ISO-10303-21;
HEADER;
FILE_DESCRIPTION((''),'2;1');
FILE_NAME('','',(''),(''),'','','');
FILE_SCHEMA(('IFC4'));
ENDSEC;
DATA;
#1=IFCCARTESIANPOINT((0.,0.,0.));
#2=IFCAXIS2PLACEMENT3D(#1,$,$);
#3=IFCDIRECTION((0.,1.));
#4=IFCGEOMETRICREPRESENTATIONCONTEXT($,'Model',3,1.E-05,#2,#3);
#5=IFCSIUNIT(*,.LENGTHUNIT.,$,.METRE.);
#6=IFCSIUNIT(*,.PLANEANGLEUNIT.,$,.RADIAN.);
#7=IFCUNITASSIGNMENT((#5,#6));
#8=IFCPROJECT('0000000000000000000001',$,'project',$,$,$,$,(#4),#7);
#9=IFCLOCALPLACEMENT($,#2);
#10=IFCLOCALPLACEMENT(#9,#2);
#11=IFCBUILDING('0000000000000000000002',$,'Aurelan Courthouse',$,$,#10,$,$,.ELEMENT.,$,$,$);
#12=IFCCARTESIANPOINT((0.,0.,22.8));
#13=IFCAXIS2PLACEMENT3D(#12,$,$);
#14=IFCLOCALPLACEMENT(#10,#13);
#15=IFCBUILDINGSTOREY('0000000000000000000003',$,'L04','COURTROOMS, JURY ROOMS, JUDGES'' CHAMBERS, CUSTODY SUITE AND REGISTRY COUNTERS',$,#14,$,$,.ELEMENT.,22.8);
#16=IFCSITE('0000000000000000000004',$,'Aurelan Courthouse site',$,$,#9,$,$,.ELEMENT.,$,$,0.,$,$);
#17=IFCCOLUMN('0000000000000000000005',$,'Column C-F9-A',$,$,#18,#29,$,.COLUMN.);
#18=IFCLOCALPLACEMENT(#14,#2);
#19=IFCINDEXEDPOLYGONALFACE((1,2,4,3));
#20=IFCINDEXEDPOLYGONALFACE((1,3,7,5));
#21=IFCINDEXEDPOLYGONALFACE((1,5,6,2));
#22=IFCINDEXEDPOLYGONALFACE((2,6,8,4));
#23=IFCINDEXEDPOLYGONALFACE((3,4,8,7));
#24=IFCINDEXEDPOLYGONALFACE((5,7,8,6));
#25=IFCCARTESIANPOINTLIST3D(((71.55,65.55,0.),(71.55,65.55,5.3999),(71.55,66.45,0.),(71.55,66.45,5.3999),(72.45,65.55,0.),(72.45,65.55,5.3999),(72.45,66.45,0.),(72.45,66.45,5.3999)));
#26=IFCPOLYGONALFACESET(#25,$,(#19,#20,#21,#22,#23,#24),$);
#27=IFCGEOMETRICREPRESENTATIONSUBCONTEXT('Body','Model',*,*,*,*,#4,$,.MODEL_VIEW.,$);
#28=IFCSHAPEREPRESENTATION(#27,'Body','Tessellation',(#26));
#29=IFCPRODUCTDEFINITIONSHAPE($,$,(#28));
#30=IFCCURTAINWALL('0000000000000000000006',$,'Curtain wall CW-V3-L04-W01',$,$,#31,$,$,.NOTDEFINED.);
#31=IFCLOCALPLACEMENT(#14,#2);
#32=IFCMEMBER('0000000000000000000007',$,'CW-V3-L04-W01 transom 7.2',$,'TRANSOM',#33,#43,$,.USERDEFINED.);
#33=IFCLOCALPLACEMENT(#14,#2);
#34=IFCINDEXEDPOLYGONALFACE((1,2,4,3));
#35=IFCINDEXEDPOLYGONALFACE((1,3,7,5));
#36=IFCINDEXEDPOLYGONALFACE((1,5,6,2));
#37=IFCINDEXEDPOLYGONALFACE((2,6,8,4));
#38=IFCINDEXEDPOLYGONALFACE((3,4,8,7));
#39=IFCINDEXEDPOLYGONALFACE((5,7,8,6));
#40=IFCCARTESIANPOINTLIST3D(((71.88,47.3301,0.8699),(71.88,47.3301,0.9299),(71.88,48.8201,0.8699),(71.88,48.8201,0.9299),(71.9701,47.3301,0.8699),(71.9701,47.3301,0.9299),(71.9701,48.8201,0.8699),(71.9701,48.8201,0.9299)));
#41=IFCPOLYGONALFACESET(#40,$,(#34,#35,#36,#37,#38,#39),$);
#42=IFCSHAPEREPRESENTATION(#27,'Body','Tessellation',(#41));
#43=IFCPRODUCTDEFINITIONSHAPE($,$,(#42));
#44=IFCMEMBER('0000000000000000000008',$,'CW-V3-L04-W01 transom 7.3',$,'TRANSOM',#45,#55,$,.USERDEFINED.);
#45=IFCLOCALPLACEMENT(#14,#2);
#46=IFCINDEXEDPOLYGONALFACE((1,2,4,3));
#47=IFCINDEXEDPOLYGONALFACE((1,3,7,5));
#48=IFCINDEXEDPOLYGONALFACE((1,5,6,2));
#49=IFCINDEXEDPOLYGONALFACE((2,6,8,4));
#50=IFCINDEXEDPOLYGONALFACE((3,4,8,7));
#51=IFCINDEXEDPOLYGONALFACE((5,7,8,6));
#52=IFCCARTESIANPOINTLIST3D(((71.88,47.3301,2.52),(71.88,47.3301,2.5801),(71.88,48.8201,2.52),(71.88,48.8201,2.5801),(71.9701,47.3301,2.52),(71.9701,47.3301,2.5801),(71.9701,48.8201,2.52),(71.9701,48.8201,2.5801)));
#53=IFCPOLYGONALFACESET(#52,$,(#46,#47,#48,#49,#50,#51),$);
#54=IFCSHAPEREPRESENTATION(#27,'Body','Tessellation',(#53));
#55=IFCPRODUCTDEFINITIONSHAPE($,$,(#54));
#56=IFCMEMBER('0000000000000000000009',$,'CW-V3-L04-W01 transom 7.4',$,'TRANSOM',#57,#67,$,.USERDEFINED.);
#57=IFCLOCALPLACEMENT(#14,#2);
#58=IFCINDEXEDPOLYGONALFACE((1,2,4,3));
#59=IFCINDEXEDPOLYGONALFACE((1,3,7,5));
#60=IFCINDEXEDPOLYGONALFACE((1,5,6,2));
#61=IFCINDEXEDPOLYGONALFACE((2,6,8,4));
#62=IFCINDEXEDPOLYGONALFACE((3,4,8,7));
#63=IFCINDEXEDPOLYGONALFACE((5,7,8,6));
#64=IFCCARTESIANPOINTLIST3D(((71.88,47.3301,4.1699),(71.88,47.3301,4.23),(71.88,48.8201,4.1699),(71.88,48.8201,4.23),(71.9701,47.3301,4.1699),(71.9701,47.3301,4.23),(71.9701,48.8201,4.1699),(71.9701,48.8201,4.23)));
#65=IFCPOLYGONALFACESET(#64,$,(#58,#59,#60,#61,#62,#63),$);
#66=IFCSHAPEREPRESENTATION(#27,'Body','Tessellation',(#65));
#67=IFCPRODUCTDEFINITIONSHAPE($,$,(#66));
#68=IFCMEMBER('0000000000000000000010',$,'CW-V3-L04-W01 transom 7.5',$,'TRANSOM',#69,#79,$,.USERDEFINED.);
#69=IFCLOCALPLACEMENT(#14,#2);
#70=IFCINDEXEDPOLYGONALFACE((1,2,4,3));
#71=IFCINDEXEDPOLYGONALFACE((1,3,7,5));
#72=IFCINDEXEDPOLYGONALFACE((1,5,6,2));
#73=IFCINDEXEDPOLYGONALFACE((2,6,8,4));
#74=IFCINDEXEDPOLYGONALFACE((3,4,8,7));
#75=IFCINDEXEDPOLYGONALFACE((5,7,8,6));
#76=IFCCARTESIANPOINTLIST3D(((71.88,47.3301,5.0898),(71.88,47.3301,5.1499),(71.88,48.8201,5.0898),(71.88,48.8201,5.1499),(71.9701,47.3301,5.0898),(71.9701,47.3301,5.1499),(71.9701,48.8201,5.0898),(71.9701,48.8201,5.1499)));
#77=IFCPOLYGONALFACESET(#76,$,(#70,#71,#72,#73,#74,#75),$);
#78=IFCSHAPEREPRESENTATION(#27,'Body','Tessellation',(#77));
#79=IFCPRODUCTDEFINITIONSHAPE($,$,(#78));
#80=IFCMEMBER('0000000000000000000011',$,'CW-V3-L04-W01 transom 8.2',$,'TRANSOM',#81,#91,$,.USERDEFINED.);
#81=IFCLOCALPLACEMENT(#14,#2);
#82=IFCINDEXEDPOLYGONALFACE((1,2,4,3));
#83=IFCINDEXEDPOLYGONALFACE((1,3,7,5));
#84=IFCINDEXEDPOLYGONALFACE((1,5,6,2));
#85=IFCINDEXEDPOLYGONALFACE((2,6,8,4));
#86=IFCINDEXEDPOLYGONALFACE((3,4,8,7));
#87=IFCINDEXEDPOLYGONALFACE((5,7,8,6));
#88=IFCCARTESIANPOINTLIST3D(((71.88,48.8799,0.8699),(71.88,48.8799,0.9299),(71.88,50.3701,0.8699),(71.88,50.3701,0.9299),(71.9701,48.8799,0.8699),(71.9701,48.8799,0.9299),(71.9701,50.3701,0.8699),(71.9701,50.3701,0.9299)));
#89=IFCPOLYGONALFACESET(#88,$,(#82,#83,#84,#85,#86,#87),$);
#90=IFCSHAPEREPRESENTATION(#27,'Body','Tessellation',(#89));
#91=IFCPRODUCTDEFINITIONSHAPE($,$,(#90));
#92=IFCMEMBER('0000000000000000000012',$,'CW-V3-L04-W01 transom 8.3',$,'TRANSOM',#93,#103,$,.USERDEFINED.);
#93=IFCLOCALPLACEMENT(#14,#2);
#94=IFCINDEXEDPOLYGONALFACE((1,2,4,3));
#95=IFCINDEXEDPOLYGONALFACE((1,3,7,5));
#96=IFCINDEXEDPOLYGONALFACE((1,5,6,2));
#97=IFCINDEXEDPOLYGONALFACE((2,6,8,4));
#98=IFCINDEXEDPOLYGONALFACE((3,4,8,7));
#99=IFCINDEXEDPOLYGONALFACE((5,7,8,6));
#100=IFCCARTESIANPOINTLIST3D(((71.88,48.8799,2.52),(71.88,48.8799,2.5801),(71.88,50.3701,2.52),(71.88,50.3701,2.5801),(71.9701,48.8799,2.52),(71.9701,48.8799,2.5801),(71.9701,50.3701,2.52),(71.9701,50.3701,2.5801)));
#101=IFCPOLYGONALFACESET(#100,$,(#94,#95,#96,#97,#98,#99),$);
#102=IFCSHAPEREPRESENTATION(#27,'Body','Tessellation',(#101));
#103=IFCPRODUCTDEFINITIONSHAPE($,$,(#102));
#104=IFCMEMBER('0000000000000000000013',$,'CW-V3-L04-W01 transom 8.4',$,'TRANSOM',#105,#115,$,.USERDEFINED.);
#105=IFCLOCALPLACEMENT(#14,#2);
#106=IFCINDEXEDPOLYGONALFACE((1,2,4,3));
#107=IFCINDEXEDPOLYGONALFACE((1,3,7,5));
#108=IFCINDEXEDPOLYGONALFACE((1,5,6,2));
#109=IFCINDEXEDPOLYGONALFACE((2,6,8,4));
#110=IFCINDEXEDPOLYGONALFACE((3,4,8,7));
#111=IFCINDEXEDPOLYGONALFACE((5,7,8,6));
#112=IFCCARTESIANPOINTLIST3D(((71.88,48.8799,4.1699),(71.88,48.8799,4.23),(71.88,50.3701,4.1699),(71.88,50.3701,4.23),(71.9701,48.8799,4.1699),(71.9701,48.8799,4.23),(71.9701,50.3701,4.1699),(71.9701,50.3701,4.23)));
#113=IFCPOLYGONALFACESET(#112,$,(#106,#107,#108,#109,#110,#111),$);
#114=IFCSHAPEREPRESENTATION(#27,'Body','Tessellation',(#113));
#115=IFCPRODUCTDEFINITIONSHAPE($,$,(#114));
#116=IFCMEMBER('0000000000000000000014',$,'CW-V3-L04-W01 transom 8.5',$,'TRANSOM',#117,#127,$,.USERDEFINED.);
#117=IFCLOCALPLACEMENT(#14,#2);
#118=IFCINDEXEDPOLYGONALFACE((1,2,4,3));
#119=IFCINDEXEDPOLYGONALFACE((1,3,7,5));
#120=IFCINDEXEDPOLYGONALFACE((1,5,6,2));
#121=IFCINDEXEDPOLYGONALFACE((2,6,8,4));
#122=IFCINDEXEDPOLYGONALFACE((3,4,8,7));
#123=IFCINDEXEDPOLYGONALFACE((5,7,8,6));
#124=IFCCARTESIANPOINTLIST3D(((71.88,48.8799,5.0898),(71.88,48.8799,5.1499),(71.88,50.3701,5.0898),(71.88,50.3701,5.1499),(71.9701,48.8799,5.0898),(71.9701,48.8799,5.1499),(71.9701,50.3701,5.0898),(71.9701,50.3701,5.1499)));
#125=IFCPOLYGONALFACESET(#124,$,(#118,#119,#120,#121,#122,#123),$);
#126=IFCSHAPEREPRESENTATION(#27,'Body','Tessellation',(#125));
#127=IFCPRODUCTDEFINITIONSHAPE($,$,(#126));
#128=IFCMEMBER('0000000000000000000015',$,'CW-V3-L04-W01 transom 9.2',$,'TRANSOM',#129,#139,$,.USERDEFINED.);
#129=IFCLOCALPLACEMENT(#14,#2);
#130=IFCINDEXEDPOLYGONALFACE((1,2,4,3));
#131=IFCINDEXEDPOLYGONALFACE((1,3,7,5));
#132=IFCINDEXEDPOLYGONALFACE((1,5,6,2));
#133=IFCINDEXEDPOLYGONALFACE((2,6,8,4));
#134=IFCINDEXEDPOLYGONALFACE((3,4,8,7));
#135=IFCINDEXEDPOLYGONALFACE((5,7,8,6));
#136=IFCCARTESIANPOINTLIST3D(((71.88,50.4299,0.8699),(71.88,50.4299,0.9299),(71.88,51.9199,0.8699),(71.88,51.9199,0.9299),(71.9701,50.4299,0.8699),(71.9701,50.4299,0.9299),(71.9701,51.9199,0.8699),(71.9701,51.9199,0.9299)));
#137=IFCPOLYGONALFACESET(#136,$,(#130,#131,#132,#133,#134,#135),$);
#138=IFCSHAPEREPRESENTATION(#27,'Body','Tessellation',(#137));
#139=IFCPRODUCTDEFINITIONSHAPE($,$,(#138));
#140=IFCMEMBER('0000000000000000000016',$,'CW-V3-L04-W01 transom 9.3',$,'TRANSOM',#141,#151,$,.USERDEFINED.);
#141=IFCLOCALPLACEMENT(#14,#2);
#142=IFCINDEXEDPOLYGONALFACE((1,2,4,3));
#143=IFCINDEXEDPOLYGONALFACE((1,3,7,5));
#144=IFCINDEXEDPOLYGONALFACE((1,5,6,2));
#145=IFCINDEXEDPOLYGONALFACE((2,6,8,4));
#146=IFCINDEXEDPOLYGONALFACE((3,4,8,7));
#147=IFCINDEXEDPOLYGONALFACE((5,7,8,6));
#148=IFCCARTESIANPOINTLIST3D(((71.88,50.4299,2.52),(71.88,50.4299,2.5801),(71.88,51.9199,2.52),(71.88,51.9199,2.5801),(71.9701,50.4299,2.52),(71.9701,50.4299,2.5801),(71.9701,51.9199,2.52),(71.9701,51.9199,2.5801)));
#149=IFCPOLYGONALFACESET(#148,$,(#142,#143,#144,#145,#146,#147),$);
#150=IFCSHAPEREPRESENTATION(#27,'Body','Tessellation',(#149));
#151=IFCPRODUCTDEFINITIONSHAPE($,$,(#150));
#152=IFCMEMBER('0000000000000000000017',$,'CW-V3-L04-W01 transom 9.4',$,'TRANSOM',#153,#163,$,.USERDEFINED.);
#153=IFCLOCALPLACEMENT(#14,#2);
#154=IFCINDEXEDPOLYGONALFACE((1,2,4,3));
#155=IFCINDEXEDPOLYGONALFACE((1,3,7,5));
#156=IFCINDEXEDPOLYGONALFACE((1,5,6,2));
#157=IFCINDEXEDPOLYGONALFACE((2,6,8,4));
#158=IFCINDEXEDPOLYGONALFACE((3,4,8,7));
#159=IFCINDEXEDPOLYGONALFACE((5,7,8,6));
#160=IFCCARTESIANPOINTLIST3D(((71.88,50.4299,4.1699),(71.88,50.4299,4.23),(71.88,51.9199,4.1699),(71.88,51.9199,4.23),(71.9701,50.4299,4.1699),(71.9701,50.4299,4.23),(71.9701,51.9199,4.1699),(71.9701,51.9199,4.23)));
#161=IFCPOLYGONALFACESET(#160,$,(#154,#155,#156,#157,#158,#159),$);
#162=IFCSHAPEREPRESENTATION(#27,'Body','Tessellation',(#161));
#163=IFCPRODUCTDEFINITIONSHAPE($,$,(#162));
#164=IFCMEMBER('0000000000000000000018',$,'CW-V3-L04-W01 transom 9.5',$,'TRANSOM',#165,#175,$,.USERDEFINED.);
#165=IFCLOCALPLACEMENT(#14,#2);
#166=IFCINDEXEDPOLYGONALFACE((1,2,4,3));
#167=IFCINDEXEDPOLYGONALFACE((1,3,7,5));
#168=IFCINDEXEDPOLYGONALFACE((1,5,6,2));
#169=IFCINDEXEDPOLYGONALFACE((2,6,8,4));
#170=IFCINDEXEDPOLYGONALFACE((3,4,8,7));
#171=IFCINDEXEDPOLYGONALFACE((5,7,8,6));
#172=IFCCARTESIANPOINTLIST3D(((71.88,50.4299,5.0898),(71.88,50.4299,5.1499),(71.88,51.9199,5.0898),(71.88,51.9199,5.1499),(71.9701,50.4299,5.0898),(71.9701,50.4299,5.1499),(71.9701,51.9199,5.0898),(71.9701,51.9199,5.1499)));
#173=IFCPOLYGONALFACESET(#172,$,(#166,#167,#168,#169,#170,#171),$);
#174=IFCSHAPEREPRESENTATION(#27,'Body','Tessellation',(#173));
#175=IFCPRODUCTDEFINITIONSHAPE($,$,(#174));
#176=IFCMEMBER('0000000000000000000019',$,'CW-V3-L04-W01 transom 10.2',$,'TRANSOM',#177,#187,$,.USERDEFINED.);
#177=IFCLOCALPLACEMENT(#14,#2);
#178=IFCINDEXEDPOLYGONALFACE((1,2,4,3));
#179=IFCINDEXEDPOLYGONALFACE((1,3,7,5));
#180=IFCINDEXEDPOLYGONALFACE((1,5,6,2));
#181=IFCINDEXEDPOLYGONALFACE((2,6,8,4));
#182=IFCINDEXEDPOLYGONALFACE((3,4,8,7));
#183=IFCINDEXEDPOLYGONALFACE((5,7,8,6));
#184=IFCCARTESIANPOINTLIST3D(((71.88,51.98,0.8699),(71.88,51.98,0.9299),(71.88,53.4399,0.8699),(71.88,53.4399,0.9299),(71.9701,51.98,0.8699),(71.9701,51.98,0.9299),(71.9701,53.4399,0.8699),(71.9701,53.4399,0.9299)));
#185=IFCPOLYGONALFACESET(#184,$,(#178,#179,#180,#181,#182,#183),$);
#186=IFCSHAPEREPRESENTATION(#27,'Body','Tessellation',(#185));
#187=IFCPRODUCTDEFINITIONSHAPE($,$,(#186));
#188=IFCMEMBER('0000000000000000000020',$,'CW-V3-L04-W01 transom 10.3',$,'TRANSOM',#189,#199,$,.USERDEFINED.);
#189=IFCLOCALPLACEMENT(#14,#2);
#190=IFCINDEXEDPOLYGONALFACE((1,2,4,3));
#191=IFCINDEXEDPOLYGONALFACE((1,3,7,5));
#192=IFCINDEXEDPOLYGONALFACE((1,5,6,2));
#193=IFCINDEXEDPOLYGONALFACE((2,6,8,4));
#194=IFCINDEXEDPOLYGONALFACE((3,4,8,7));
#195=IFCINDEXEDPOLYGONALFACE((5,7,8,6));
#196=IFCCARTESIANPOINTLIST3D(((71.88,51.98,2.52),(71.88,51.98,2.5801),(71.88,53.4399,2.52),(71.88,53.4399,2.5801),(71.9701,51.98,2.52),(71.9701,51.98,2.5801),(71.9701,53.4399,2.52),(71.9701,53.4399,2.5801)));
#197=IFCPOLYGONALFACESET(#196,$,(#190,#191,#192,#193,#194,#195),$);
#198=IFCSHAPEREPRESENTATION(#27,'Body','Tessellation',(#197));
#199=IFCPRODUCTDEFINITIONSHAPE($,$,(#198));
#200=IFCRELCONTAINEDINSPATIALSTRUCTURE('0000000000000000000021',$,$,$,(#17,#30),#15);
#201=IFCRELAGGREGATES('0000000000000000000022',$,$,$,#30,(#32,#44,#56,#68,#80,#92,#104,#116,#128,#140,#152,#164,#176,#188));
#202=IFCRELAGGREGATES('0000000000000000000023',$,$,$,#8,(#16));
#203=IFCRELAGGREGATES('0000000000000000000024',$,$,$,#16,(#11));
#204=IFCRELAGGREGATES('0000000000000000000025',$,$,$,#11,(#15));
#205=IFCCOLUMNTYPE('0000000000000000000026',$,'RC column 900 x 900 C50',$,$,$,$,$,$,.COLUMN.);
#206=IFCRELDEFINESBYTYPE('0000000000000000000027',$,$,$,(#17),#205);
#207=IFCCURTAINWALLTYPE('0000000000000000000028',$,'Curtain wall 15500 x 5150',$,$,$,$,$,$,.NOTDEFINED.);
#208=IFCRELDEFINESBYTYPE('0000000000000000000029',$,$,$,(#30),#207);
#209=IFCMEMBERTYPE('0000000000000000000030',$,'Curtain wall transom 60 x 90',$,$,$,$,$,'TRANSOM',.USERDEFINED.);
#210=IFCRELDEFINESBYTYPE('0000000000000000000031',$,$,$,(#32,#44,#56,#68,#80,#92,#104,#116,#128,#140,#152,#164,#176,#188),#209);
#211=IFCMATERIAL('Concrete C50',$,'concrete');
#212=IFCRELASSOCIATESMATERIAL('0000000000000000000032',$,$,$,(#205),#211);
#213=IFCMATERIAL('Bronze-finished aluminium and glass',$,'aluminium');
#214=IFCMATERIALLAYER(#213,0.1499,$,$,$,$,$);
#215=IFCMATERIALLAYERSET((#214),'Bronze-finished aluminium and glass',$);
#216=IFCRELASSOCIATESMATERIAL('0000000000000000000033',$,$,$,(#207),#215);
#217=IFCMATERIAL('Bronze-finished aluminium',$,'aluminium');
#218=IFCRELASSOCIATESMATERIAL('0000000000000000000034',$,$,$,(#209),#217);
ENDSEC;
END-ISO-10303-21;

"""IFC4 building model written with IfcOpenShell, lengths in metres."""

from ifc_helpers import new_model, si_unit, direction, frame, origin, origin_2d, place, context, subcontext, project, spatial, rectangle, extrude, material, layer, layer_set, material_profile, profile_set, type_object, element, aggregate, save


model = new_model("IFC4")

# Units and contexts
model_context = context("Model", 3, precision=1e-05, world=origin(), true_north=direction((0.0, 1.0)))
body_context = subcontext(model_context, "Body", "Model", "MODEL_VIEW")
ifc_project = project(units=[si_unit("LENGTHUNIT", "METRE"), si_unit("PLANEANGLEUNIT", "RADIAN")], contexts=[model_context])

# Site, building, storey
site_placement = place(None, origin())
site = spatial("IfcSite", under=ifc_project, at=site_placement, Name="Aurelan Courthouse site", CompositionType="ELEMENT", RefElevation=0.0)
building_placement = place(site_placement, origin())
building = spatial("IfcBuilding", under=site, at=building_placement, Name="Aurelan Courthouse", CompositionType="ELEMENT")
storey_placement = place(building_placement, frame((0.0, 0.0, 22.8)))
storey = spatial("IfcBuildingStorey", under=building, at=storey_placement, Name="L04", Description="COURTROOMS, JURY ROOMS, JUDGES' CHAMBERS, CUSTODY SUITE AND REGISTRY COUNTERS", CompositionType="ELEMENT", Elevation=22.8)

# Column
ifc_material_1 = material(Name="Concrete C50", Category="concrete")
ifc_material_profile_1 = material_profile(ifc_material_1, rectangle(XDim=0.8999, YDim=0.8999, at=origin_2d()), Name="RC 900 x 900")
ifc_profile_set_1 = profile_set([ifc_material_profile_1], Name="Concrete C50")
column_type = type_object("IfcColumnType", Name="RC column 900 x 900 C50", PredefinedType="COLUMN", material=ifc_profile_set_1)
column_placement = place(storey_placement, frame((72.0, 66.0, 0.0), z_axis=(0.0, 0.0, 1.0), x_axis=(1.0, 0.0, 0.0)))
element("IfcColumn", 1, at=column_placement, inside=storey, type_object=column_type, Name="Column C-F9-A", PredefinedType="COLUMN", context=body_context, shape_type="SweptSolid", body=[
    extrude(rectangle(XDim=0.8999, YDim=0.8999, at=origin_2d()), origin(), (0.0, 0.0, 1.0), 5.3999),
])

# Curtain wall, members
ifc_material_2 = material(Name="Bronze-finished aluminium and glass", Category="aluminium")
ifc_layer_1 = layer(ifc_material_2, 0.1499)
ifc_layer_set_1 = layer_set([ifc_layer_1], Name="Bronze-finished aluminium and glass")
curtain_wall_type = type_object("IfcCurtainWallType", Name="Curtain wall 15500 x 5150", PredefinedType="NOTDEFINED", material=ifc_layer_set_1)
curtain_wall_placement = place(storey_placement, origin())
curtain_wall = element("IfcCurtainWall", 2, at=curtain_wall_placement, inside=storey, type_object=curtain_wall_type, Name="Curtain wall CW-V3-L04-W01", PredefinedType="NOTDEFINED")
ifc_material_3 = material(Name="Bronze-finished aluminium", Category="aluminium")
ifc_material_profile_2 = material_profile(ifc_material_3, rectangle(XDim=0.0901, YDim=0.0601, at=origin_2d()), Name="Bronze transom 60 x 90")
ifc_profile_set_2 = profile_set([ifc_material_profile_2], Name="Bronze-finished aluminium")
member_type = type_object("IfcMemberType", Name="Curtain wall transom 60 x 90", ElementType="TRANSOM", PredefinedType="USERDEFINED", material=ifc_profile_set_2)
member_1_placement = place(storey_placement, frame((71.925, 47.3301, 0.8999), z_axis=(0.0, 1.0, 0.0), x_axis=(-1.0, 0.0, 0.0)))
member_1 = element("IfcMember", 3, at=member_1_placement, type_object=member_type, Name="CW-V3-L04-W01 transom 7.2", ObjectType="TRANSOM", PredefinedType="USERDEFINED", context=body_context, shape_type="SweptSolid", body=[
    extrude(rectangle(XDim=0.0901, YDim=0.0601, at=origin_2d()), origin(), (0.0, 0.0, 1.0), 1.49),
])
member_2_placement = place(storey_placement, frame((71.925, 47.3301, 2.55), z_axis=(0.0, 1.0, 0.0), x_axis=(-1.0, 0.0, 0.0)))
member_2 = element("IfcMember", 4, at=member_2_placement, type_object=member_type, Name="CW-V3-L04-W01 transom 7.3", ObjectType="TRANSOM", PredefinedType="USERDEFINED", context=body_context, shape_type="SweptSolid", body=[
    extrude(rectangle(XDim=0.0901, YDim=0.0601, at=origin_2d()), origin(), (0.0, 0.0, 1.0), 1.49),
])
member_3_placement = place(storey_placement, frame((71.925, 47.3301, 4.2), z_axis=(0.0, 1.0, 0.0), x_axis=(-1.0, 0.0, 0.0)))
member_3 = element("IfcMember", 5, at=member_3_placement, type_object=member_type, Name="CW-V3-L04-W01 transom 7.4", ObjectType="TRANSOM", PredefinedType="USERDEFINED", context=body_context, shape_type="SweptSolid", body=[
    extrude(rectangle(XDim=0.0901, YDim=0.0601, at=origin_2d()), origin(), (0.0, 0.0, 1.0), 1.49),
])
member_4_placement = place(storey_placement, frame((71.925, 47.3301, 5.1199), z_axis=(0.0, 1.0, 0.0), x_axis=(-1.0, 0.0, 0.0)))
member_4 = element("IfcMember", 6, at=member_4_placement, type_object=member_type, Name="CW-V3-L04-W01 transom 7.5", ObjectType="TRANSOM", PredefinedType="USERDEFINED", context=body_context, shape_type="SweptSolid", body=[
    extrude(rectangle(XDim=0.0901, YDim=0.0601, at=origin_2d()), origin(), (0.0, 0.0, 1.0), 1.49),
])
member_5_placement = place(storey_placement, frame((71.925, 48.8799, 0.8999), z_axis=(0.0, 1.0, 0.0), x_axis=(-1.0, 0.0, 0.0)))
member_5 = element("IfcMember", 7, at=member_5_placement, type_object=member_type, Name="CW-V3-L04-W01 transom 8.2", ObjectType="TRANSOM", PredefinedType="USERDEFINED", context=body_context, shape_type="SweptSolid", body=[
    extrude(rectangle(XDim=0.0901, YDim=0.0601, at=origin_2d()), origin(), (0.0, 0.0, 1.0), 1.4902),
])
member_6_placement = place(storey_placement, frame((71.925, 48.8799, 2.55), z_axis=(0.0, 1.0, 0.0), x_axis=(-1.0, 0.0, 0.0)))
member_6 = element("IfcMember", 8, at=member_6_placement, type_object=member_type, Name="CW-V3-L04-W01 transom 8.3", ObjectType="TRANSOM", PredefinedType="USERDEFINED", context=body_context, shape_type="SweptSolid", body=[
    extrude(rectangle(XDim=0.0901, YDim=0.0601, at=origin_2d()), origin(), (0.0, 0.0, 1.0), 1.4902),
])
member_7_placement = place(storey_placement, frame((71.925, 48.8799, 4.2), z_axis=(0.0, 1.0, 0.0), x_axis=(-1.0, 0.0, 0.0)))
member_7 = element("IfcMember", 9, at=member_7_placement, type_object=member_type, Name="CW-V3-L04-W01 transom 8.4", ObjectType="TRANSOM", PredefinedType="USERDEFINED", context=body_context, shape_type="SweptSolid", body=[
    extrude(rectangle(XDim=0.0901, YDim=0.0601, at=origin_2d()), origin(), (0.0, 0.0, 1.0), 1.4902),
])
member_8_placement = place(storey_placement, frame((71.925, 48.8799, 5.1199), z_axis=(0.0, 1.0, 0.0), x_axis=(-1.0, 0.0, 0.0)))
member_8 = element("IfcMember", 10, at=member_8_placement, type_object=member_type, Name="CW-V3-L04-W01 transom 8.5", ObjectType="TRANSOM", PredefinedType="USERDEFINED", context=body_context, shape_type="SweptSolid", body=[
    extrude(rectangle(XDim=0.0901, YDim=0.0601, at=origin_2d()), origin(), (0.0, 0.0, 1.0), 1.4902),
])
member_9_placement = place(storey_placement, frame((71.925, 50.4299, 0.8999), z_axis=(0.0, 1.0, 0.0), x_axis=(-1.0, 0.0, 0.0)))
member_9 = element("IfcMember", 11, at=member_9_placement, type_object=member_type, Name="CW-V3-L04-W01 transom 9.2", ObjectType="TRANSOM", PredefinedType="USERDEFINED", context=body_context, shape_type="SweptSolid", body=[
    extrude(rectangle(XDim=0.0901, YDim=0.0601, at=origin_2d()), origin(), (0.0, 0.0, 1.0), 1.49),
])
member_10_placement = place(storey_placement, frame((71.925, 50.4299, 2.55), z_axis=(0.0, 1.0, 0.0), x_axis=(-1.0, 0.0, 0.0)))
member_10 = element("IfcMember", 12, at=member_10_placement, type_object=member_type, Name="CW-V3-L04-W01 transom 9.3", ObjectType="TRANSOM", PredefinedType="USERDEFINED", context=body_context, shape_type="SweptSolid", body=[
    extrude(rectangle(XDim=0.0901, YDim=0.0601, at=origin_2d()), origin(), (0.0, 0.0, 1.0), 1.49),
])
member_11_placement = place(storey_placement, frame((71.925, 50.4299, 4.2), z_axis=(0.0, 1.0, 0.0), x_axis=(-1.0, 0.0, 0.0)))
member_11 = element("IfcMember", 13, at=member_11_placement, type_object=member_type, Name="CW-V3-L04-W01 transom 9.4", ObjectType="TRANSOM", PredefinedType="USERDEFINED", context=body_context, shape_type="SweptSolid", body=[
    extrude(rectangle(XDim=0.0901, YDim=0.0601, at=origin_2d()), origin(), (0.0, 0.0, 1.0), 1.49),
])
member_12_placement = place(storey_placement, frame((71.925, 50.4299, 5.1199), z_axis=(0.0, 1.0, 0.0), x_axis=(-1.0, 0.0, 0.0)))
member_12 = element("IfcMember", 14, at=member_12_placement, type_object=member_type, Name="CW-V3-L04-W01 transom 9.5", ObjectType="TRANSOM", PredefinedType="USERDEFINED", context=body_context, shape_type="SweptSolid", body=[
    extrude(rectangle(XDim=0.0901, YDim=0.0601, at=origin_2d()), origin(), (0.0, 0.0, 1.0), 1.49),
])
member_13_placement = place(storey_placement, frame((71.925, 51.98, 0.8999), z_axis=(0.0, 1.0, 0.0), x_axis=(-1.0, 0.0, 0.0)))
member_13 = element("IfcMember", 15, at=member_13_placement, type_object=member_type, Name="CW-V3-L04-W01 transom 10.2", ObjectType="TRANSOM", PredefinedType="USERDEFINED", context=body_context, shape_type="SweptSolid", body=[
    extrude(rectangle(XDim=0.0901, YDim=0.0601, at=origin_2d()), origin(), (0.0, 0.0, 1.0), 1.46),
])
member_14_placement = place(storey_placement, frame((71.925, 51.98, 2.55), z_axis=(0.0, 1.0, 0.0), x_axis=(-1.0, 0.0, 0.0)))
member_14 = element("IfcMember", 16, at=member_14_placement, type_object=member_type, Name="CW-V3-L04-W01 transom 10.3", ObjectType="TRANSOM", PredefinedType="USERDEFINED", context=body_context, shape_type="SweptSolid", body=[
    extrude(rectangle(XDim=0.0901, YDim=0.0601, at=origin_2d()), origin(), (0.0, 0.0, 1.0), 1.46),
])
aggregate(curtain_wall, [member_1, member_2, member_3, member_4, member_5, member_6, member_7, member_8, member_9, member_10, member_11, member_12, member_13, member_14])

save(model, "model.ifc")
